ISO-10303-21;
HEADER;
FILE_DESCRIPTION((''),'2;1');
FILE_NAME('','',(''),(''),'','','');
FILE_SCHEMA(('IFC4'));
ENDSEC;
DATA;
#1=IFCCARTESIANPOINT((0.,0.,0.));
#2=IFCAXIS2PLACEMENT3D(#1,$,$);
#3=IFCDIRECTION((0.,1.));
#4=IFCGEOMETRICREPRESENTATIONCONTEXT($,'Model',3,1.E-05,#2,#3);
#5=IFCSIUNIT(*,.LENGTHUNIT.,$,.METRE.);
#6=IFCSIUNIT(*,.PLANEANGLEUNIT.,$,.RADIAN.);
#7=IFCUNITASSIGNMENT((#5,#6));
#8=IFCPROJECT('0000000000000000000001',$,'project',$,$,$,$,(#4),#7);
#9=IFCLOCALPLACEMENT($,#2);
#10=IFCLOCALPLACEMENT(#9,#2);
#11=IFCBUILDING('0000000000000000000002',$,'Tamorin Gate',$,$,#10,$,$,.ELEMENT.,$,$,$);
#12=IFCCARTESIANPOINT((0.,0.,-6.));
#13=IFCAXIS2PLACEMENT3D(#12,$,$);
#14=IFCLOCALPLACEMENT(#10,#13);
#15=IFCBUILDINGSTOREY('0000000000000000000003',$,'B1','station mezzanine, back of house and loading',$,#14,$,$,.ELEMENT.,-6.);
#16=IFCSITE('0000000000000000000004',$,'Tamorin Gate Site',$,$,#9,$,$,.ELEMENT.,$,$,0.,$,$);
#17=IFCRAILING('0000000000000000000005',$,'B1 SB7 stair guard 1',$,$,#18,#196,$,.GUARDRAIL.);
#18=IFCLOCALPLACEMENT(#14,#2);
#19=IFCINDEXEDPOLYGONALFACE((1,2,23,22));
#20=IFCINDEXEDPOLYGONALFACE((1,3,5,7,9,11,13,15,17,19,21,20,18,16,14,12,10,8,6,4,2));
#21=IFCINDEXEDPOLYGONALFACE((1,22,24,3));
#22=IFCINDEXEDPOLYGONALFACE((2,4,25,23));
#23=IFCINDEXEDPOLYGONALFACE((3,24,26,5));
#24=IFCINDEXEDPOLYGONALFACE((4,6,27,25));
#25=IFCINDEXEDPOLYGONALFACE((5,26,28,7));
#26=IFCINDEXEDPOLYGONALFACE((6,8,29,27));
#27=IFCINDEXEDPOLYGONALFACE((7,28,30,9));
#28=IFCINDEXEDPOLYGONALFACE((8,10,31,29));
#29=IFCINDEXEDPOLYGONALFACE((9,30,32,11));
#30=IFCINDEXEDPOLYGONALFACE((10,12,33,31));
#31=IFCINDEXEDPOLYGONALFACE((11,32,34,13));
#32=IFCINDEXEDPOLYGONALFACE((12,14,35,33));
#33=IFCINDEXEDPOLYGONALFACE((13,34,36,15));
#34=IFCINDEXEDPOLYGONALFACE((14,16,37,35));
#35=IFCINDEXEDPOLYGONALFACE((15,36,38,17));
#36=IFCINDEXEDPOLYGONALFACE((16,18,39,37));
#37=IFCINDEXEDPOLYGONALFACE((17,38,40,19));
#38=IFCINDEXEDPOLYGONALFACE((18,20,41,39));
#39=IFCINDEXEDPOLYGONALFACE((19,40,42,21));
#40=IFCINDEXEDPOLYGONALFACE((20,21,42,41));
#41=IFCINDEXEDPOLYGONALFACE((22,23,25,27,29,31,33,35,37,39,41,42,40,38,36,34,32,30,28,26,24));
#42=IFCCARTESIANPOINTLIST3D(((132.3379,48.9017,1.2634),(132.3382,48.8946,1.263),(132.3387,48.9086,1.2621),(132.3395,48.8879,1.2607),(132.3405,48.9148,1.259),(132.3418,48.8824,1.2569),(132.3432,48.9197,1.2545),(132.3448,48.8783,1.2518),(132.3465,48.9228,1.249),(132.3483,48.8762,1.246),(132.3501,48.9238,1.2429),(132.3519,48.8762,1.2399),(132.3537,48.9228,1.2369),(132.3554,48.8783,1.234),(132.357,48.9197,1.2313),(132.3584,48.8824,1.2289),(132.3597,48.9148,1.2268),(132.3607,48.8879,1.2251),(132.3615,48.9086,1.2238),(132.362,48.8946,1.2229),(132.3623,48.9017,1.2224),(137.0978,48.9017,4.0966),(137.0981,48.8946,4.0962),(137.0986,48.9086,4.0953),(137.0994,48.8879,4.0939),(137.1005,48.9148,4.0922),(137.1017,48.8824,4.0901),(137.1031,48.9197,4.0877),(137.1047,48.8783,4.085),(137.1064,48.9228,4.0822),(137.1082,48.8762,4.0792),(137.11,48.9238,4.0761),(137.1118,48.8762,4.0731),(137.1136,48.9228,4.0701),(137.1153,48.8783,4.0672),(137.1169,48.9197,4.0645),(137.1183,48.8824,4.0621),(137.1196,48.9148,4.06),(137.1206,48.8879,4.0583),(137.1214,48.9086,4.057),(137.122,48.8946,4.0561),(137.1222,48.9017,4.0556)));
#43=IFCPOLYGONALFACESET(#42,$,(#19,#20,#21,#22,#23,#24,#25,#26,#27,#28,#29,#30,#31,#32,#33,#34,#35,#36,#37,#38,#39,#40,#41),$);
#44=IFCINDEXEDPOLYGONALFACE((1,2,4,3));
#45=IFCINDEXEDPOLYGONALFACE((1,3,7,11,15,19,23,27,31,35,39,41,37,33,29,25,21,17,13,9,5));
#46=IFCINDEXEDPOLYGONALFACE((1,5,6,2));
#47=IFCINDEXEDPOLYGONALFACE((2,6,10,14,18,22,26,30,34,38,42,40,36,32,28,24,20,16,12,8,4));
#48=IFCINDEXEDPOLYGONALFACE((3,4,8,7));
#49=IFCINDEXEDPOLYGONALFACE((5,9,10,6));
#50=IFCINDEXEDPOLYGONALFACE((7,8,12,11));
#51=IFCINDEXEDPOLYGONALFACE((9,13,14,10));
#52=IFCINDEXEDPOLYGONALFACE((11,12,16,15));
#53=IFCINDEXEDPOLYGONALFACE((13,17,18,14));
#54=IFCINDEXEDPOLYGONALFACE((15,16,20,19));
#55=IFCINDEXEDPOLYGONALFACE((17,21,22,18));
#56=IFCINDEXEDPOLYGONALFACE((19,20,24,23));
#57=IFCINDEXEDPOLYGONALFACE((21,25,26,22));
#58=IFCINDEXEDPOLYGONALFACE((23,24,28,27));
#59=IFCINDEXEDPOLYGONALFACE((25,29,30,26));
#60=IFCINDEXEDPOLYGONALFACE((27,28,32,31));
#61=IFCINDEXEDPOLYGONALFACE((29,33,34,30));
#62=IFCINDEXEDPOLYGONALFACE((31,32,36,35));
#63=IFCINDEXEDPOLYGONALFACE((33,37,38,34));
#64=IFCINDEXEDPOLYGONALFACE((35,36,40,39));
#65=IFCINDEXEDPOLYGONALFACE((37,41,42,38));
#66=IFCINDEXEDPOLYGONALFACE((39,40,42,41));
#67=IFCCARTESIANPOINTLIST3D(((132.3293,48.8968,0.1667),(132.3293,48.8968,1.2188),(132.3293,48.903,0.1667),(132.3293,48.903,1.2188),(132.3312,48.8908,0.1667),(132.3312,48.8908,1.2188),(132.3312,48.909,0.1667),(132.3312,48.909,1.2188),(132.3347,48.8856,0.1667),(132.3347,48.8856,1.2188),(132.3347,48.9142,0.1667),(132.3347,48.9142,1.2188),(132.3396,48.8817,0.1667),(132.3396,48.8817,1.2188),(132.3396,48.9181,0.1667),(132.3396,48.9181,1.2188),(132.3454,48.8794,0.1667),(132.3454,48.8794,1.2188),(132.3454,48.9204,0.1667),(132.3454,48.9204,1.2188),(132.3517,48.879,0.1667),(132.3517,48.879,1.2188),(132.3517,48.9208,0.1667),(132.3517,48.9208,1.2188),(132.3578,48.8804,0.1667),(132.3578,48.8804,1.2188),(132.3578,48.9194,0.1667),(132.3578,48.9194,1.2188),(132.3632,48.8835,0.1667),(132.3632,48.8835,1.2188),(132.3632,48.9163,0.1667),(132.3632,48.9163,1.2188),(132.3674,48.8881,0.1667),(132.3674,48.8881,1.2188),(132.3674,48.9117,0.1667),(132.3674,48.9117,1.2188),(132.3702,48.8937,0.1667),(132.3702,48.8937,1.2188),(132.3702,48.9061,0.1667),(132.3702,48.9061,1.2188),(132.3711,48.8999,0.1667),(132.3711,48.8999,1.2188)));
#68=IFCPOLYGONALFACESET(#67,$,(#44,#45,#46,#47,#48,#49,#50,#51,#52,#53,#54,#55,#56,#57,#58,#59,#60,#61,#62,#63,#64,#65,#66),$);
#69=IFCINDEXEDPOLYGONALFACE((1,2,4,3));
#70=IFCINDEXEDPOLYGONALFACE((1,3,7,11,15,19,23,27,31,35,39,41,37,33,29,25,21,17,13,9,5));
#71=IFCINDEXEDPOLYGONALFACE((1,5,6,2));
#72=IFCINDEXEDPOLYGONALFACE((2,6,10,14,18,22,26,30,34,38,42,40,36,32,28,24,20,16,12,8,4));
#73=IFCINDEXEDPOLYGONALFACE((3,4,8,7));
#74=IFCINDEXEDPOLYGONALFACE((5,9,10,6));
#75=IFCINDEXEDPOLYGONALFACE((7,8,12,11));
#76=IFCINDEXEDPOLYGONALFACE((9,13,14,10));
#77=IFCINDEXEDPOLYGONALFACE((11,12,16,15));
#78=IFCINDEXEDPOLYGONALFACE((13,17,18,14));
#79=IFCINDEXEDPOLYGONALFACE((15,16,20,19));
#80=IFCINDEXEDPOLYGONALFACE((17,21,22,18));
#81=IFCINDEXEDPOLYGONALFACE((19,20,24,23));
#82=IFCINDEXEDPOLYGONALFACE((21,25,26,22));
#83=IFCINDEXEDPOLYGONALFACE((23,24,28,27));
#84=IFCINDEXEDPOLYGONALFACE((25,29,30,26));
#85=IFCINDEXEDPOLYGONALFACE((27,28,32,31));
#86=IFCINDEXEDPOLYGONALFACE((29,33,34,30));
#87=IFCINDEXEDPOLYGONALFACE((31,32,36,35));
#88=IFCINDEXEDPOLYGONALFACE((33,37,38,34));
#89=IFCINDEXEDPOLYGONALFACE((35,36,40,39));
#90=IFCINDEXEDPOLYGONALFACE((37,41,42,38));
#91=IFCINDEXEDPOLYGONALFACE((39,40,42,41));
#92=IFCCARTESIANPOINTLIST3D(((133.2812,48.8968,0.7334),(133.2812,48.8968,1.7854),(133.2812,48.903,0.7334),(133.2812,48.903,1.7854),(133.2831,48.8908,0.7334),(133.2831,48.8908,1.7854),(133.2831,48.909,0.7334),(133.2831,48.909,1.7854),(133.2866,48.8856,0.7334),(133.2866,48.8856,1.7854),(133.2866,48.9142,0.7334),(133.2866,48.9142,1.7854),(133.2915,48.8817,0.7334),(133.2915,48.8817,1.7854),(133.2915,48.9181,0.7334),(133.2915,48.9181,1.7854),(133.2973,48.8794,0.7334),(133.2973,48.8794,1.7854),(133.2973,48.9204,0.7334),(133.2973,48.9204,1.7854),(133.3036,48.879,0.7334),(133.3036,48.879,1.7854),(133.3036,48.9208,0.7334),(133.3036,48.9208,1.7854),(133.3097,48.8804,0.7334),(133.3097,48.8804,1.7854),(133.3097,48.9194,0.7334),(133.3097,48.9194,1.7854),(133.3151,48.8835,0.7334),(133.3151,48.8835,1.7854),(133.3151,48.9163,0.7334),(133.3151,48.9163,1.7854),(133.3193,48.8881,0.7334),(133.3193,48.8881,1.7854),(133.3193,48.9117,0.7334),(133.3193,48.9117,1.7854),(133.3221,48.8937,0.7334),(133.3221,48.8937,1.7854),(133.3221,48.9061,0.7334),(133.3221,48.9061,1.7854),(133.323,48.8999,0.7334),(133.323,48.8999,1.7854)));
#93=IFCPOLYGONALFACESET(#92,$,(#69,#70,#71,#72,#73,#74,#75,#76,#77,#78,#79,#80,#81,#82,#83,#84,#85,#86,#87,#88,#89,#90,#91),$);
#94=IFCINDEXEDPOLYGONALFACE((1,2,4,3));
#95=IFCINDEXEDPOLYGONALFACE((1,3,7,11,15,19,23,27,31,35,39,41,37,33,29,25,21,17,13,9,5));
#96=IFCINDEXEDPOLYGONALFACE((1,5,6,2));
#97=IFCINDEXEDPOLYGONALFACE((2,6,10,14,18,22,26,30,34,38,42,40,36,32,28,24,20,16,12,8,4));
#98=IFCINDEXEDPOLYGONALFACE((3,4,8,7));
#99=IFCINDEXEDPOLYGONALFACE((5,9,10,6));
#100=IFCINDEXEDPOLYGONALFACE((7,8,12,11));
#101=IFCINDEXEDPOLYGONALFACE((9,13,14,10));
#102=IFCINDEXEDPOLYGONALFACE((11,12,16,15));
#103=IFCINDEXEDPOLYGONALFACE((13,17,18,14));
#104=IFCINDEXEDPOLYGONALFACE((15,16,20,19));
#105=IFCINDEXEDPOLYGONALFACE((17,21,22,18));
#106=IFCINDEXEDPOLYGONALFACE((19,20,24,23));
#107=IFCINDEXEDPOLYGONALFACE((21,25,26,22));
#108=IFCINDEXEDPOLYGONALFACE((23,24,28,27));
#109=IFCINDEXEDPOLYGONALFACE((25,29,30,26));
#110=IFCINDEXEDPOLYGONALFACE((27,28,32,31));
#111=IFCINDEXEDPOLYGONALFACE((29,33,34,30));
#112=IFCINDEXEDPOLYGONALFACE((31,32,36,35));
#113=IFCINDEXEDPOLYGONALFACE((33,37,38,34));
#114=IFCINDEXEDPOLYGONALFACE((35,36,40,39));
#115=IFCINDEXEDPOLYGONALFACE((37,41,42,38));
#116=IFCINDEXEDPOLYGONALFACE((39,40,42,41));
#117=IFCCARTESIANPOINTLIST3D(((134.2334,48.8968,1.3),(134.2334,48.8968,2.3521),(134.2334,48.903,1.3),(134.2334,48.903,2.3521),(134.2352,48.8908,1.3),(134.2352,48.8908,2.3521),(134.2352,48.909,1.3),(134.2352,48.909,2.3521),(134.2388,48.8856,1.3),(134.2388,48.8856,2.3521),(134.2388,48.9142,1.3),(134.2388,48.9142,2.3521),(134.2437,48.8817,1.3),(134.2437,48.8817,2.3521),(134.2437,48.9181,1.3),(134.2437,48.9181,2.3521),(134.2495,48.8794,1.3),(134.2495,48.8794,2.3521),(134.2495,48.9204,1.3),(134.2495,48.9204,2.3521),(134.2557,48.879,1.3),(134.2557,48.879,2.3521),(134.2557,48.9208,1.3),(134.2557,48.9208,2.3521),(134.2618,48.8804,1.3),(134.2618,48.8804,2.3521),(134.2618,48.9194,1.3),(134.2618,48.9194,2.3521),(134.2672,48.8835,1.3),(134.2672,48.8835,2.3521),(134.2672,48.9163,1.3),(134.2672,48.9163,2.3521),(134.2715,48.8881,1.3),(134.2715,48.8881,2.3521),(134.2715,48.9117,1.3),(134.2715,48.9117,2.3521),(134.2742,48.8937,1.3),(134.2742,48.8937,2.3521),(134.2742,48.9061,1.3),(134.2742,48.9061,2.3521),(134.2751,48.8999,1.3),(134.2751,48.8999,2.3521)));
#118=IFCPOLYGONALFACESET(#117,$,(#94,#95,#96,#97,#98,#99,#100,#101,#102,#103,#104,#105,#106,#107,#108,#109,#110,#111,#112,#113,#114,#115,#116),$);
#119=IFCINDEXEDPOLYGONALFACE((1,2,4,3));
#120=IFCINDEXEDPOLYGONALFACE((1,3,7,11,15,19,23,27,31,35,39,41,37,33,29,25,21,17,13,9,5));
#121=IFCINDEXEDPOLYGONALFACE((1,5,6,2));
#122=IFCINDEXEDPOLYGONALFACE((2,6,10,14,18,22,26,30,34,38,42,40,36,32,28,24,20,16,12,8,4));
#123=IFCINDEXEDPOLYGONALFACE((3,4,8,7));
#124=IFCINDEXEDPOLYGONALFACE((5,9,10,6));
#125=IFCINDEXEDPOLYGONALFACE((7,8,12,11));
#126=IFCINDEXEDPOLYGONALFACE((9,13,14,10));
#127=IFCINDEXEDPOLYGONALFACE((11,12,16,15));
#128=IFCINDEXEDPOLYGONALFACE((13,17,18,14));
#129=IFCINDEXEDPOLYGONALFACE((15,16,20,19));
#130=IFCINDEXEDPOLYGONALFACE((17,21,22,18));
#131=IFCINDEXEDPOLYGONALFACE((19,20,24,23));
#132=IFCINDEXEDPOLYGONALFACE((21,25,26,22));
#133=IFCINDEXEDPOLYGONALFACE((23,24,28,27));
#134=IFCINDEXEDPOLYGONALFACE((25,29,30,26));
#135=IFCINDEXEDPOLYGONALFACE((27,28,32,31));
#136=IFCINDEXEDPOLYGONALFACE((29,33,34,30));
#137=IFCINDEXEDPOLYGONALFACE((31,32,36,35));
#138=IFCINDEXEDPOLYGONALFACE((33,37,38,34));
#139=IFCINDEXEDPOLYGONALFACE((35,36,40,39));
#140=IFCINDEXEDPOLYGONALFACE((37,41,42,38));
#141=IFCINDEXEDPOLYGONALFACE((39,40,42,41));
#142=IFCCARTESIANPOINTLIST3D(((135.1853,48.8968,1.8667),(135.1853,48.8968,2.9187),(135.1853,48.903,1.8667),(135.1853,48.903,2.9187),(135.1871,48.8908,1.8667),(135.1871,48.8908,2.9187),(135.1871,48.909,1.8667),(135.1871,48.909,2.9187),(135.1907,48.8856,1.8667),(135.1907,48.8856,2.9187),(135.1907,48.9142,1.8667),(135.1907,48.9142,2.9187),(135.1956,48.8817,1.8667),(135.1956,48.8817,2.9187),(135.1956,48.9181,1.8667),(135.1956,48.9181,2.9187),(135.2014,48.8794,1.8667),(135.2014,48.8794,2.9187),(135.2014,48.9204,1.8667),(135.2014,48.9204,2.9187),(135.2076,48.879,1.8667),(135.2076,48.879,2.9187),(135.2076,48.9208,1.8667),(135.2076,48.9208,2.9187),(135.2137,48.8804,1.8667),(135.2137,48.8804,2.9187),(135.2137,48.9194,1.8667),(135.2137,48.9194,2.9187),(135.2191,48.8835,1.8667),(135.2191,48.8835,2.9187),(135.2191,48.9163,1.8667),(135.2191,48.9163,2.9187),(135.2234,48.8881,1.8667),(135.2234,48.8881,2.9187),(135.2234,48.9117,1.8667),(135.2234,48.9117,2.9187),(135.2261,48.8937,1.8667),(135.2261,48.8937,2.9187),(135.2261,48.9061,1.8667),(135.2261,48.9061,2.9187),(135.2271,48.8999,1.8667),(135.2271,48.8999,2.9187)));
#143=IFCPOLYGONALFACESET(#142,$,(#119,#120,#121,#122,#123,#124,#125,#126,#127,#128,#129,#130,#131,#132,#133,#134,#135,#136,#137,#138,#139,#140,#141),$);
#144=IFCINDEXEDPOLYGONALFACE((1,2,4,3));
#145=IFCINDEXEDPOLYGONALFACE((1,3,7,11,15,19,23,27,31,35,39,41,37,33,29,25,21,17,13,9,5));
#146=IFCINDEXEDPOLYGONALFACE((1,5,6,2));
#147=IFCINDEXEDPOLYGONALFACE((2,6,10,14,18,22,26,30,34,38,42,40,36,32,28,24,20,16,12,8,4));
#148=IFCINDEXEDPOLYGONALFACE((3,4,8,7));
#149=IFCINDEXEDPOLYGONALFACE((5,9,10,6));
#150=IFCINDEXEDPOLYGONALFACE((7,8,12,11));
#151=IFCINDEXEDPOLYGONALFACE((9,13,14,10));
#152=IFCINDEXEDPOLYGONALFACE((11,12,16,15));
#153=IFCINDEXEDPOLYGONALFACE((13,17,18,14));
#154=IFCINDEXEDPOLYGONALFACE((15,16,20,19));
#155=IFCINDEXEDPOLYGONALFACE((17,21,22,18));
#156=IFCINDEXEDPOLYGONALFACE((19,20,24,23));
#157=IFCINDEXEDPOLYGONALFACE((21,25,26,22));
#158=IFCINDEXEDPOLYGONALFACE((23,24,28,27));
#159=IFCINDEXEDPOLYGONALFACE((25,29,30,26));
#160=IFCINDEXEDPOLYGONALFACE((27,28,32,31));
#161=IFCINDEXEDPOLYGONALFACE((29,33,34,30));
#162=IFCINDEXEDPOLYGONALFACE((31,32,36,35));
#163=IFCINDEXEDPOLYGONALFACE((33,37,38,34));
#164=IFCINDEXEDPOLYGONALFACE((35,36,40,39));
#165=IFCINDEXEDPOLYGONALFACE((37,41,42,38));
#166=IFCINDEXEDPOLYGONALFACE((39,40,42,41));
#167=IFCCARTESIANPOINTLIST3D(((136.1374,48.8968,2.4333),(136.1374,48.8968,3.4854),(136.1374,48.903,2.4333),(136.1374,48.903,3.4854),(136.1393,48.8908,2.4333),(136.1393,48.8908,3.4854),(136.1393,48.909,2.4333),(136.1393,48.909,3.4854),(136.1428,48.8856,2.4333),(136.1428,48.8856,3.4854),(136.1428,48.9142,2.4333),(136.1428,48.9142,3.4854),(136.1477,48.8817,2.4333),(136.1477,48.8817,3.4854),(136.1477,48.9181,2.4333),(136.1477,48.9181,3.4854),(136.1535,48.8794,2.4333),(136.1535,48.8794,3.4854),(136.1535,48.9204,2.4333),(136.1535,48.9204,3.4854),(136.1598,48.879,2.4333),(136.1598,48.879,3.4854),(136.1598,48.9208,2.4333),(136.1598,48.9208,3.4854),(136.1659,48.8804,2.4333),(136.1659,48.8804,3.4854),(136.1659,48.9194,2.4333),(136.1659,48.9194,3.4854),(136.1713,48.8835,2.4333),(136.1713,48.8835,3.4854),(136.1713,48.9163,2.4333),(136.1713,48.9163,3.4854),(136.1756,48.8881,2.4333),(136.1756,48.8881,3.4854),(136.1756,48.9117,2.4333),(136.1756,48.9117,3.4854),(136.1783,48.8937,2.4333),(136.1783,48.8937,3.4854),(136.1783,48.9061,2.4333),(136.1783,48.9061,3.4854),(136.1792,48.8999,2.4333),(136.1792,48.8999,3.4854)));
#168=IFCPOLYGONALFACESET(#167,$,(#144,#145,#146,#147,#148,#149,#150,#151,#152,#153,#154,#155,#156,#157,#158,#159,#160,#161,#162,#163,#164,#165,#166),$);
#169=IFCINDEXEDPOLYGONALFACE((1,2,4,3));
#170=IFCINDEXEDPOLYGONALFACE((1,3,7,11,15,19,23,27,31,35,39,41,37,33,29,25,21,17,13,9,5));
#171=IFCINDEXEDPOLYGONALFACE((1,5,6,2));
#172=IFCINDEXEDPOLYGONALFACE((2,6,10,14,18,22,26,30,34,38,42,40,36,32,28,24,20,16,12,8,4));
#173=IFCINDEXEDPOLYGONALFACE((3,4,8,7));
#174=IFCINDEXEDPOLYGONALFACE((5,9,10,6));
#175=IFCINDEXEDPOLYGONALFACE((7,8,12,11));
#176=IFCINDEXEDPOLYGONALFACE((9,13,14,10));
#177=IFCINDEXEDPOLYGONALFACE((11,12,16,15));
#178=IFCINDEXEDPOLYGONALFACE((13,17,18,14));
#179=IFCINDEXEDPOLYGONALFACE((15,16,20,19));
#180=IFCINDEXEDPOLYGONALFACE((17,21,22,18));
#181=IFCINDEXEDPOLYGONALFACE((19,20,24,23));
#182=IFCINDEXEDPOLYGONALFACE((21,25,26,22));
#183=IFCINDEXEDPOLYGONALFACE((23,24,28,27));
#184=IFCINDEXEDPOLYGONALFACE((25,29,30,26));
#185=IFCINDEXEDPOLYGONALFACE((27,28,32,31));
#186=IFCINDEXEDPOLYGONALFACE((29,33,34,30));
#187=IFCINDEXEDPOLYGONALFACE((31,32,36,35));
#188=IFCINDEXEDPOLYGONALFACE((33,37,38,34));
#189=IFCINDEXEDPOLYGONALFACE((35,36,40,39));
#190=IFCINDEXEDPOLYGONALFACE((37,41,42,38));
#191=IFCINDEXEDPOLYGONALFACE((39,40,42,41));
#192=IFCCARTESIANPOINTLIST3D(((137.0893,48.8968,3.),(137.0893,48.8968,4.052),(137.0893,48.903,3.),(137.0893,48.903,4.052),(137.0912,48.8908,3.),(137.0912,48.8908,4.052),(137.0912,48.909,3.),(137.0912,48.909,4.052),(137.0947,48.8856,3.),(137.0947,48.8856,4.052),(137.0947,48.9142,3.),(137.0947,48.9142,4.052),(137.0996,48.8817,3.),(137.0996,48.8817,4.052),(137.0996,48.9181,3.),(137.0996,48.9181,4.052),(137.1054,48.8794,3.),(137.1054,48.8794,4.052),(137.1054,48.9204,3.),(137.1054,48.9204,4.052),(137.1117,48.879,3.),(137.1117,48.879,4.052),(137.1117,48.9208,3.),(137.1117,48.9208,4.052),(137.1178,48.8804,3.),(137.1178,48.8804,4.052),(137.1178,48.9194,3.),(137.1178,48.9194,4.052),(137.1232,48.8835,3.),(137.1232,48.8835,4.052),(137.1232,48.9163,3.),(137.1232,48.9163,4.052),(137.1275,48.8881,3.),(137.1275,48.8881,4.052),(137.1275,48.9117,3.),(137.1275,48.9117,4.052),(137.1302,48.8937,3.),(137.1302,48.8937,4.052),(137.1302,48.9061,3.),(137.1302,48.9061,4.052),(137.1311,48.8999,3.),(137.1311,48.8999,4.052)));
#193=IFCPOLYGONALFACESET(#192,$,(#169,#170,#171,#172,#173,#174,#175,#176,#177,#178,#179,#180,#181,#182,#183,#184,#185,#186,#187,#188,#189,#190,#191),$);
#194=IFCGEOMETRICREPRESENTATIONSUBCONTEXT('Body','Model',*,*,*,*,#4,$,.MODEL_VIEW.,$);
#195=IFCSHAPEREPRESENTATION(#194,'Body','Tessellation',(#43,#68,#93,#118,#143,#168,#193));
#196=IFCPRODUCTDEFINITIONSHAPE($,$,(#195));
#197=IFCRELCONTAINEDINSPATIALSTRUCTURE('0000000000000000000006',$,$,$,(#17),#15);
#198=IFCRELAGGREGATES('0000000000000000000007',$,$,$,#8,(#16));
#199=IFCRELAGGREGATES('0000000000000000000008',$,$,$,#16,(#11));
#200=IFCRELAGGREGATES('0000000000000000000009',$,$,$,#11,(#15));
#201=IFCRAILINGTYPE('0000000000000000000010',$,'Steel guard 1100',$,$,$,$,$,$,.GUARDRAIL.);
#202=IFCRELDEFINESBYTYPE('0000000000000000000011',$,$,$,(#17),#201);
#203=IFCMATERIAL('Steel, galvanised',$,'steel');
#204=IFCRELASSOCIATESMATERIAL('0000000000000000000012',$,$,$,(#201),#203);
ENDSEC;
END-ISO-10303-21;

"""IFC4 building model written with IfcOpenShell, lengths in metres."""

from ifc_helpers import new_model, si_unit, direction, frame, origin, origin_2d, place, context, subcontext, project, spatial, circle, extrude, material, type_object, element, save


model = new_model("IFC4")

# Units and contexts
model_context = context("Model", 3, precision=1e-05, world=origin(), true_north=direction((0.0, 1.0)))
body_context = subcontext(model_context, "Body", "Model", "MODEL_VIEW")
ifc_project = project(units=[si_unit("LENGTHUNIT", "METRE"), si_unit("PLANEANGLEUNIT", "RADIAN")], contexts=[model_context])

# Site, building, storey
site_placement = place(None, origin())
site = spatial("IfcSite", under=ifc_project, at=site_placement, Name="Tamorin Gate Site", CompositionType="ELEMENT", RefElevation=0.0)
building_placement = place(site_placement, origin())
building = spatial("IfcBuilding", under=site, at=building_placement, Name="Tamorin Gate", CompositionType="ELEMENT")
storey_placement = place(building_placement, frame((0.0, 0.0, -6.0)))
storey = spatial("IfcBuildingStorey", under=building, at=storey_placement, Name="B1", Description="station mezzanine, back of house and loading", CompositionType="ELEMENT", Elevation=-6.0)

# Railing
ifc_material_1 = material(Name="Steel, galvanised", Category="steel")
railing_type_1 = type_object("IfcRailingType", Name="Steel guard 1100", PredefinedType="GUARDRAIL", material=ifc_material_1)
railing_1_placement = place(storey_placement, frame((132.3501, 48.8999, 0.1667)))
element("IfcRailing", 1, at=railing_1_placement, inside=storey, type_object=railing_type_1, Name="B1 SB7 stair guard 1", PredefinedType="GUARDRAIL", context=body_context, shape_type="SweptSolid", body=[
    extrude(circle(Radius=0.0239, at=origin_2d()), frame((0.0, 0.0, 1.0762), z_axis=(0.8593, 0.0, 0.511472), x_axis=(0.0, 1.0, 0.0)), (0.0, 0.0, 1.0), 5.5393),
    extrude(circle(Radius=0.021, at=origin_2d()), origin(), (0.0, 0.0, 1.0), 1.052),
    extrude(circle(Radius=0.021, at=origin_2d()), frame((0.9519, 0.0, 0.5667)), (0.0, 0.0, 1.0), 1.052),
    extrude(circle(Radius=0.021, at=origin_2d()), frame((1.9041, 0.0, 1.1333)), (0.0, 0.0, 1.0), 1.052),
    extrude(circle(Radius=0.021, at=origin_2d()), frame((2.856, 0.0, 1.7)), (0.0, 0.0, 1.0), 1.052),
    extrude(circle(Radius=0.021, at=origin_2d()), frame((3.8081, 0.0, 2.2666)), (0.0, 0.0, 1.0), 1.052),
    extrude(circle(Radius=0.021, at=origin_2d()), frame((4.76, 0.0, 2.8333)), (0.0, 0.0, 1.0), 1.052),
])

save(model, "model.ifc")
